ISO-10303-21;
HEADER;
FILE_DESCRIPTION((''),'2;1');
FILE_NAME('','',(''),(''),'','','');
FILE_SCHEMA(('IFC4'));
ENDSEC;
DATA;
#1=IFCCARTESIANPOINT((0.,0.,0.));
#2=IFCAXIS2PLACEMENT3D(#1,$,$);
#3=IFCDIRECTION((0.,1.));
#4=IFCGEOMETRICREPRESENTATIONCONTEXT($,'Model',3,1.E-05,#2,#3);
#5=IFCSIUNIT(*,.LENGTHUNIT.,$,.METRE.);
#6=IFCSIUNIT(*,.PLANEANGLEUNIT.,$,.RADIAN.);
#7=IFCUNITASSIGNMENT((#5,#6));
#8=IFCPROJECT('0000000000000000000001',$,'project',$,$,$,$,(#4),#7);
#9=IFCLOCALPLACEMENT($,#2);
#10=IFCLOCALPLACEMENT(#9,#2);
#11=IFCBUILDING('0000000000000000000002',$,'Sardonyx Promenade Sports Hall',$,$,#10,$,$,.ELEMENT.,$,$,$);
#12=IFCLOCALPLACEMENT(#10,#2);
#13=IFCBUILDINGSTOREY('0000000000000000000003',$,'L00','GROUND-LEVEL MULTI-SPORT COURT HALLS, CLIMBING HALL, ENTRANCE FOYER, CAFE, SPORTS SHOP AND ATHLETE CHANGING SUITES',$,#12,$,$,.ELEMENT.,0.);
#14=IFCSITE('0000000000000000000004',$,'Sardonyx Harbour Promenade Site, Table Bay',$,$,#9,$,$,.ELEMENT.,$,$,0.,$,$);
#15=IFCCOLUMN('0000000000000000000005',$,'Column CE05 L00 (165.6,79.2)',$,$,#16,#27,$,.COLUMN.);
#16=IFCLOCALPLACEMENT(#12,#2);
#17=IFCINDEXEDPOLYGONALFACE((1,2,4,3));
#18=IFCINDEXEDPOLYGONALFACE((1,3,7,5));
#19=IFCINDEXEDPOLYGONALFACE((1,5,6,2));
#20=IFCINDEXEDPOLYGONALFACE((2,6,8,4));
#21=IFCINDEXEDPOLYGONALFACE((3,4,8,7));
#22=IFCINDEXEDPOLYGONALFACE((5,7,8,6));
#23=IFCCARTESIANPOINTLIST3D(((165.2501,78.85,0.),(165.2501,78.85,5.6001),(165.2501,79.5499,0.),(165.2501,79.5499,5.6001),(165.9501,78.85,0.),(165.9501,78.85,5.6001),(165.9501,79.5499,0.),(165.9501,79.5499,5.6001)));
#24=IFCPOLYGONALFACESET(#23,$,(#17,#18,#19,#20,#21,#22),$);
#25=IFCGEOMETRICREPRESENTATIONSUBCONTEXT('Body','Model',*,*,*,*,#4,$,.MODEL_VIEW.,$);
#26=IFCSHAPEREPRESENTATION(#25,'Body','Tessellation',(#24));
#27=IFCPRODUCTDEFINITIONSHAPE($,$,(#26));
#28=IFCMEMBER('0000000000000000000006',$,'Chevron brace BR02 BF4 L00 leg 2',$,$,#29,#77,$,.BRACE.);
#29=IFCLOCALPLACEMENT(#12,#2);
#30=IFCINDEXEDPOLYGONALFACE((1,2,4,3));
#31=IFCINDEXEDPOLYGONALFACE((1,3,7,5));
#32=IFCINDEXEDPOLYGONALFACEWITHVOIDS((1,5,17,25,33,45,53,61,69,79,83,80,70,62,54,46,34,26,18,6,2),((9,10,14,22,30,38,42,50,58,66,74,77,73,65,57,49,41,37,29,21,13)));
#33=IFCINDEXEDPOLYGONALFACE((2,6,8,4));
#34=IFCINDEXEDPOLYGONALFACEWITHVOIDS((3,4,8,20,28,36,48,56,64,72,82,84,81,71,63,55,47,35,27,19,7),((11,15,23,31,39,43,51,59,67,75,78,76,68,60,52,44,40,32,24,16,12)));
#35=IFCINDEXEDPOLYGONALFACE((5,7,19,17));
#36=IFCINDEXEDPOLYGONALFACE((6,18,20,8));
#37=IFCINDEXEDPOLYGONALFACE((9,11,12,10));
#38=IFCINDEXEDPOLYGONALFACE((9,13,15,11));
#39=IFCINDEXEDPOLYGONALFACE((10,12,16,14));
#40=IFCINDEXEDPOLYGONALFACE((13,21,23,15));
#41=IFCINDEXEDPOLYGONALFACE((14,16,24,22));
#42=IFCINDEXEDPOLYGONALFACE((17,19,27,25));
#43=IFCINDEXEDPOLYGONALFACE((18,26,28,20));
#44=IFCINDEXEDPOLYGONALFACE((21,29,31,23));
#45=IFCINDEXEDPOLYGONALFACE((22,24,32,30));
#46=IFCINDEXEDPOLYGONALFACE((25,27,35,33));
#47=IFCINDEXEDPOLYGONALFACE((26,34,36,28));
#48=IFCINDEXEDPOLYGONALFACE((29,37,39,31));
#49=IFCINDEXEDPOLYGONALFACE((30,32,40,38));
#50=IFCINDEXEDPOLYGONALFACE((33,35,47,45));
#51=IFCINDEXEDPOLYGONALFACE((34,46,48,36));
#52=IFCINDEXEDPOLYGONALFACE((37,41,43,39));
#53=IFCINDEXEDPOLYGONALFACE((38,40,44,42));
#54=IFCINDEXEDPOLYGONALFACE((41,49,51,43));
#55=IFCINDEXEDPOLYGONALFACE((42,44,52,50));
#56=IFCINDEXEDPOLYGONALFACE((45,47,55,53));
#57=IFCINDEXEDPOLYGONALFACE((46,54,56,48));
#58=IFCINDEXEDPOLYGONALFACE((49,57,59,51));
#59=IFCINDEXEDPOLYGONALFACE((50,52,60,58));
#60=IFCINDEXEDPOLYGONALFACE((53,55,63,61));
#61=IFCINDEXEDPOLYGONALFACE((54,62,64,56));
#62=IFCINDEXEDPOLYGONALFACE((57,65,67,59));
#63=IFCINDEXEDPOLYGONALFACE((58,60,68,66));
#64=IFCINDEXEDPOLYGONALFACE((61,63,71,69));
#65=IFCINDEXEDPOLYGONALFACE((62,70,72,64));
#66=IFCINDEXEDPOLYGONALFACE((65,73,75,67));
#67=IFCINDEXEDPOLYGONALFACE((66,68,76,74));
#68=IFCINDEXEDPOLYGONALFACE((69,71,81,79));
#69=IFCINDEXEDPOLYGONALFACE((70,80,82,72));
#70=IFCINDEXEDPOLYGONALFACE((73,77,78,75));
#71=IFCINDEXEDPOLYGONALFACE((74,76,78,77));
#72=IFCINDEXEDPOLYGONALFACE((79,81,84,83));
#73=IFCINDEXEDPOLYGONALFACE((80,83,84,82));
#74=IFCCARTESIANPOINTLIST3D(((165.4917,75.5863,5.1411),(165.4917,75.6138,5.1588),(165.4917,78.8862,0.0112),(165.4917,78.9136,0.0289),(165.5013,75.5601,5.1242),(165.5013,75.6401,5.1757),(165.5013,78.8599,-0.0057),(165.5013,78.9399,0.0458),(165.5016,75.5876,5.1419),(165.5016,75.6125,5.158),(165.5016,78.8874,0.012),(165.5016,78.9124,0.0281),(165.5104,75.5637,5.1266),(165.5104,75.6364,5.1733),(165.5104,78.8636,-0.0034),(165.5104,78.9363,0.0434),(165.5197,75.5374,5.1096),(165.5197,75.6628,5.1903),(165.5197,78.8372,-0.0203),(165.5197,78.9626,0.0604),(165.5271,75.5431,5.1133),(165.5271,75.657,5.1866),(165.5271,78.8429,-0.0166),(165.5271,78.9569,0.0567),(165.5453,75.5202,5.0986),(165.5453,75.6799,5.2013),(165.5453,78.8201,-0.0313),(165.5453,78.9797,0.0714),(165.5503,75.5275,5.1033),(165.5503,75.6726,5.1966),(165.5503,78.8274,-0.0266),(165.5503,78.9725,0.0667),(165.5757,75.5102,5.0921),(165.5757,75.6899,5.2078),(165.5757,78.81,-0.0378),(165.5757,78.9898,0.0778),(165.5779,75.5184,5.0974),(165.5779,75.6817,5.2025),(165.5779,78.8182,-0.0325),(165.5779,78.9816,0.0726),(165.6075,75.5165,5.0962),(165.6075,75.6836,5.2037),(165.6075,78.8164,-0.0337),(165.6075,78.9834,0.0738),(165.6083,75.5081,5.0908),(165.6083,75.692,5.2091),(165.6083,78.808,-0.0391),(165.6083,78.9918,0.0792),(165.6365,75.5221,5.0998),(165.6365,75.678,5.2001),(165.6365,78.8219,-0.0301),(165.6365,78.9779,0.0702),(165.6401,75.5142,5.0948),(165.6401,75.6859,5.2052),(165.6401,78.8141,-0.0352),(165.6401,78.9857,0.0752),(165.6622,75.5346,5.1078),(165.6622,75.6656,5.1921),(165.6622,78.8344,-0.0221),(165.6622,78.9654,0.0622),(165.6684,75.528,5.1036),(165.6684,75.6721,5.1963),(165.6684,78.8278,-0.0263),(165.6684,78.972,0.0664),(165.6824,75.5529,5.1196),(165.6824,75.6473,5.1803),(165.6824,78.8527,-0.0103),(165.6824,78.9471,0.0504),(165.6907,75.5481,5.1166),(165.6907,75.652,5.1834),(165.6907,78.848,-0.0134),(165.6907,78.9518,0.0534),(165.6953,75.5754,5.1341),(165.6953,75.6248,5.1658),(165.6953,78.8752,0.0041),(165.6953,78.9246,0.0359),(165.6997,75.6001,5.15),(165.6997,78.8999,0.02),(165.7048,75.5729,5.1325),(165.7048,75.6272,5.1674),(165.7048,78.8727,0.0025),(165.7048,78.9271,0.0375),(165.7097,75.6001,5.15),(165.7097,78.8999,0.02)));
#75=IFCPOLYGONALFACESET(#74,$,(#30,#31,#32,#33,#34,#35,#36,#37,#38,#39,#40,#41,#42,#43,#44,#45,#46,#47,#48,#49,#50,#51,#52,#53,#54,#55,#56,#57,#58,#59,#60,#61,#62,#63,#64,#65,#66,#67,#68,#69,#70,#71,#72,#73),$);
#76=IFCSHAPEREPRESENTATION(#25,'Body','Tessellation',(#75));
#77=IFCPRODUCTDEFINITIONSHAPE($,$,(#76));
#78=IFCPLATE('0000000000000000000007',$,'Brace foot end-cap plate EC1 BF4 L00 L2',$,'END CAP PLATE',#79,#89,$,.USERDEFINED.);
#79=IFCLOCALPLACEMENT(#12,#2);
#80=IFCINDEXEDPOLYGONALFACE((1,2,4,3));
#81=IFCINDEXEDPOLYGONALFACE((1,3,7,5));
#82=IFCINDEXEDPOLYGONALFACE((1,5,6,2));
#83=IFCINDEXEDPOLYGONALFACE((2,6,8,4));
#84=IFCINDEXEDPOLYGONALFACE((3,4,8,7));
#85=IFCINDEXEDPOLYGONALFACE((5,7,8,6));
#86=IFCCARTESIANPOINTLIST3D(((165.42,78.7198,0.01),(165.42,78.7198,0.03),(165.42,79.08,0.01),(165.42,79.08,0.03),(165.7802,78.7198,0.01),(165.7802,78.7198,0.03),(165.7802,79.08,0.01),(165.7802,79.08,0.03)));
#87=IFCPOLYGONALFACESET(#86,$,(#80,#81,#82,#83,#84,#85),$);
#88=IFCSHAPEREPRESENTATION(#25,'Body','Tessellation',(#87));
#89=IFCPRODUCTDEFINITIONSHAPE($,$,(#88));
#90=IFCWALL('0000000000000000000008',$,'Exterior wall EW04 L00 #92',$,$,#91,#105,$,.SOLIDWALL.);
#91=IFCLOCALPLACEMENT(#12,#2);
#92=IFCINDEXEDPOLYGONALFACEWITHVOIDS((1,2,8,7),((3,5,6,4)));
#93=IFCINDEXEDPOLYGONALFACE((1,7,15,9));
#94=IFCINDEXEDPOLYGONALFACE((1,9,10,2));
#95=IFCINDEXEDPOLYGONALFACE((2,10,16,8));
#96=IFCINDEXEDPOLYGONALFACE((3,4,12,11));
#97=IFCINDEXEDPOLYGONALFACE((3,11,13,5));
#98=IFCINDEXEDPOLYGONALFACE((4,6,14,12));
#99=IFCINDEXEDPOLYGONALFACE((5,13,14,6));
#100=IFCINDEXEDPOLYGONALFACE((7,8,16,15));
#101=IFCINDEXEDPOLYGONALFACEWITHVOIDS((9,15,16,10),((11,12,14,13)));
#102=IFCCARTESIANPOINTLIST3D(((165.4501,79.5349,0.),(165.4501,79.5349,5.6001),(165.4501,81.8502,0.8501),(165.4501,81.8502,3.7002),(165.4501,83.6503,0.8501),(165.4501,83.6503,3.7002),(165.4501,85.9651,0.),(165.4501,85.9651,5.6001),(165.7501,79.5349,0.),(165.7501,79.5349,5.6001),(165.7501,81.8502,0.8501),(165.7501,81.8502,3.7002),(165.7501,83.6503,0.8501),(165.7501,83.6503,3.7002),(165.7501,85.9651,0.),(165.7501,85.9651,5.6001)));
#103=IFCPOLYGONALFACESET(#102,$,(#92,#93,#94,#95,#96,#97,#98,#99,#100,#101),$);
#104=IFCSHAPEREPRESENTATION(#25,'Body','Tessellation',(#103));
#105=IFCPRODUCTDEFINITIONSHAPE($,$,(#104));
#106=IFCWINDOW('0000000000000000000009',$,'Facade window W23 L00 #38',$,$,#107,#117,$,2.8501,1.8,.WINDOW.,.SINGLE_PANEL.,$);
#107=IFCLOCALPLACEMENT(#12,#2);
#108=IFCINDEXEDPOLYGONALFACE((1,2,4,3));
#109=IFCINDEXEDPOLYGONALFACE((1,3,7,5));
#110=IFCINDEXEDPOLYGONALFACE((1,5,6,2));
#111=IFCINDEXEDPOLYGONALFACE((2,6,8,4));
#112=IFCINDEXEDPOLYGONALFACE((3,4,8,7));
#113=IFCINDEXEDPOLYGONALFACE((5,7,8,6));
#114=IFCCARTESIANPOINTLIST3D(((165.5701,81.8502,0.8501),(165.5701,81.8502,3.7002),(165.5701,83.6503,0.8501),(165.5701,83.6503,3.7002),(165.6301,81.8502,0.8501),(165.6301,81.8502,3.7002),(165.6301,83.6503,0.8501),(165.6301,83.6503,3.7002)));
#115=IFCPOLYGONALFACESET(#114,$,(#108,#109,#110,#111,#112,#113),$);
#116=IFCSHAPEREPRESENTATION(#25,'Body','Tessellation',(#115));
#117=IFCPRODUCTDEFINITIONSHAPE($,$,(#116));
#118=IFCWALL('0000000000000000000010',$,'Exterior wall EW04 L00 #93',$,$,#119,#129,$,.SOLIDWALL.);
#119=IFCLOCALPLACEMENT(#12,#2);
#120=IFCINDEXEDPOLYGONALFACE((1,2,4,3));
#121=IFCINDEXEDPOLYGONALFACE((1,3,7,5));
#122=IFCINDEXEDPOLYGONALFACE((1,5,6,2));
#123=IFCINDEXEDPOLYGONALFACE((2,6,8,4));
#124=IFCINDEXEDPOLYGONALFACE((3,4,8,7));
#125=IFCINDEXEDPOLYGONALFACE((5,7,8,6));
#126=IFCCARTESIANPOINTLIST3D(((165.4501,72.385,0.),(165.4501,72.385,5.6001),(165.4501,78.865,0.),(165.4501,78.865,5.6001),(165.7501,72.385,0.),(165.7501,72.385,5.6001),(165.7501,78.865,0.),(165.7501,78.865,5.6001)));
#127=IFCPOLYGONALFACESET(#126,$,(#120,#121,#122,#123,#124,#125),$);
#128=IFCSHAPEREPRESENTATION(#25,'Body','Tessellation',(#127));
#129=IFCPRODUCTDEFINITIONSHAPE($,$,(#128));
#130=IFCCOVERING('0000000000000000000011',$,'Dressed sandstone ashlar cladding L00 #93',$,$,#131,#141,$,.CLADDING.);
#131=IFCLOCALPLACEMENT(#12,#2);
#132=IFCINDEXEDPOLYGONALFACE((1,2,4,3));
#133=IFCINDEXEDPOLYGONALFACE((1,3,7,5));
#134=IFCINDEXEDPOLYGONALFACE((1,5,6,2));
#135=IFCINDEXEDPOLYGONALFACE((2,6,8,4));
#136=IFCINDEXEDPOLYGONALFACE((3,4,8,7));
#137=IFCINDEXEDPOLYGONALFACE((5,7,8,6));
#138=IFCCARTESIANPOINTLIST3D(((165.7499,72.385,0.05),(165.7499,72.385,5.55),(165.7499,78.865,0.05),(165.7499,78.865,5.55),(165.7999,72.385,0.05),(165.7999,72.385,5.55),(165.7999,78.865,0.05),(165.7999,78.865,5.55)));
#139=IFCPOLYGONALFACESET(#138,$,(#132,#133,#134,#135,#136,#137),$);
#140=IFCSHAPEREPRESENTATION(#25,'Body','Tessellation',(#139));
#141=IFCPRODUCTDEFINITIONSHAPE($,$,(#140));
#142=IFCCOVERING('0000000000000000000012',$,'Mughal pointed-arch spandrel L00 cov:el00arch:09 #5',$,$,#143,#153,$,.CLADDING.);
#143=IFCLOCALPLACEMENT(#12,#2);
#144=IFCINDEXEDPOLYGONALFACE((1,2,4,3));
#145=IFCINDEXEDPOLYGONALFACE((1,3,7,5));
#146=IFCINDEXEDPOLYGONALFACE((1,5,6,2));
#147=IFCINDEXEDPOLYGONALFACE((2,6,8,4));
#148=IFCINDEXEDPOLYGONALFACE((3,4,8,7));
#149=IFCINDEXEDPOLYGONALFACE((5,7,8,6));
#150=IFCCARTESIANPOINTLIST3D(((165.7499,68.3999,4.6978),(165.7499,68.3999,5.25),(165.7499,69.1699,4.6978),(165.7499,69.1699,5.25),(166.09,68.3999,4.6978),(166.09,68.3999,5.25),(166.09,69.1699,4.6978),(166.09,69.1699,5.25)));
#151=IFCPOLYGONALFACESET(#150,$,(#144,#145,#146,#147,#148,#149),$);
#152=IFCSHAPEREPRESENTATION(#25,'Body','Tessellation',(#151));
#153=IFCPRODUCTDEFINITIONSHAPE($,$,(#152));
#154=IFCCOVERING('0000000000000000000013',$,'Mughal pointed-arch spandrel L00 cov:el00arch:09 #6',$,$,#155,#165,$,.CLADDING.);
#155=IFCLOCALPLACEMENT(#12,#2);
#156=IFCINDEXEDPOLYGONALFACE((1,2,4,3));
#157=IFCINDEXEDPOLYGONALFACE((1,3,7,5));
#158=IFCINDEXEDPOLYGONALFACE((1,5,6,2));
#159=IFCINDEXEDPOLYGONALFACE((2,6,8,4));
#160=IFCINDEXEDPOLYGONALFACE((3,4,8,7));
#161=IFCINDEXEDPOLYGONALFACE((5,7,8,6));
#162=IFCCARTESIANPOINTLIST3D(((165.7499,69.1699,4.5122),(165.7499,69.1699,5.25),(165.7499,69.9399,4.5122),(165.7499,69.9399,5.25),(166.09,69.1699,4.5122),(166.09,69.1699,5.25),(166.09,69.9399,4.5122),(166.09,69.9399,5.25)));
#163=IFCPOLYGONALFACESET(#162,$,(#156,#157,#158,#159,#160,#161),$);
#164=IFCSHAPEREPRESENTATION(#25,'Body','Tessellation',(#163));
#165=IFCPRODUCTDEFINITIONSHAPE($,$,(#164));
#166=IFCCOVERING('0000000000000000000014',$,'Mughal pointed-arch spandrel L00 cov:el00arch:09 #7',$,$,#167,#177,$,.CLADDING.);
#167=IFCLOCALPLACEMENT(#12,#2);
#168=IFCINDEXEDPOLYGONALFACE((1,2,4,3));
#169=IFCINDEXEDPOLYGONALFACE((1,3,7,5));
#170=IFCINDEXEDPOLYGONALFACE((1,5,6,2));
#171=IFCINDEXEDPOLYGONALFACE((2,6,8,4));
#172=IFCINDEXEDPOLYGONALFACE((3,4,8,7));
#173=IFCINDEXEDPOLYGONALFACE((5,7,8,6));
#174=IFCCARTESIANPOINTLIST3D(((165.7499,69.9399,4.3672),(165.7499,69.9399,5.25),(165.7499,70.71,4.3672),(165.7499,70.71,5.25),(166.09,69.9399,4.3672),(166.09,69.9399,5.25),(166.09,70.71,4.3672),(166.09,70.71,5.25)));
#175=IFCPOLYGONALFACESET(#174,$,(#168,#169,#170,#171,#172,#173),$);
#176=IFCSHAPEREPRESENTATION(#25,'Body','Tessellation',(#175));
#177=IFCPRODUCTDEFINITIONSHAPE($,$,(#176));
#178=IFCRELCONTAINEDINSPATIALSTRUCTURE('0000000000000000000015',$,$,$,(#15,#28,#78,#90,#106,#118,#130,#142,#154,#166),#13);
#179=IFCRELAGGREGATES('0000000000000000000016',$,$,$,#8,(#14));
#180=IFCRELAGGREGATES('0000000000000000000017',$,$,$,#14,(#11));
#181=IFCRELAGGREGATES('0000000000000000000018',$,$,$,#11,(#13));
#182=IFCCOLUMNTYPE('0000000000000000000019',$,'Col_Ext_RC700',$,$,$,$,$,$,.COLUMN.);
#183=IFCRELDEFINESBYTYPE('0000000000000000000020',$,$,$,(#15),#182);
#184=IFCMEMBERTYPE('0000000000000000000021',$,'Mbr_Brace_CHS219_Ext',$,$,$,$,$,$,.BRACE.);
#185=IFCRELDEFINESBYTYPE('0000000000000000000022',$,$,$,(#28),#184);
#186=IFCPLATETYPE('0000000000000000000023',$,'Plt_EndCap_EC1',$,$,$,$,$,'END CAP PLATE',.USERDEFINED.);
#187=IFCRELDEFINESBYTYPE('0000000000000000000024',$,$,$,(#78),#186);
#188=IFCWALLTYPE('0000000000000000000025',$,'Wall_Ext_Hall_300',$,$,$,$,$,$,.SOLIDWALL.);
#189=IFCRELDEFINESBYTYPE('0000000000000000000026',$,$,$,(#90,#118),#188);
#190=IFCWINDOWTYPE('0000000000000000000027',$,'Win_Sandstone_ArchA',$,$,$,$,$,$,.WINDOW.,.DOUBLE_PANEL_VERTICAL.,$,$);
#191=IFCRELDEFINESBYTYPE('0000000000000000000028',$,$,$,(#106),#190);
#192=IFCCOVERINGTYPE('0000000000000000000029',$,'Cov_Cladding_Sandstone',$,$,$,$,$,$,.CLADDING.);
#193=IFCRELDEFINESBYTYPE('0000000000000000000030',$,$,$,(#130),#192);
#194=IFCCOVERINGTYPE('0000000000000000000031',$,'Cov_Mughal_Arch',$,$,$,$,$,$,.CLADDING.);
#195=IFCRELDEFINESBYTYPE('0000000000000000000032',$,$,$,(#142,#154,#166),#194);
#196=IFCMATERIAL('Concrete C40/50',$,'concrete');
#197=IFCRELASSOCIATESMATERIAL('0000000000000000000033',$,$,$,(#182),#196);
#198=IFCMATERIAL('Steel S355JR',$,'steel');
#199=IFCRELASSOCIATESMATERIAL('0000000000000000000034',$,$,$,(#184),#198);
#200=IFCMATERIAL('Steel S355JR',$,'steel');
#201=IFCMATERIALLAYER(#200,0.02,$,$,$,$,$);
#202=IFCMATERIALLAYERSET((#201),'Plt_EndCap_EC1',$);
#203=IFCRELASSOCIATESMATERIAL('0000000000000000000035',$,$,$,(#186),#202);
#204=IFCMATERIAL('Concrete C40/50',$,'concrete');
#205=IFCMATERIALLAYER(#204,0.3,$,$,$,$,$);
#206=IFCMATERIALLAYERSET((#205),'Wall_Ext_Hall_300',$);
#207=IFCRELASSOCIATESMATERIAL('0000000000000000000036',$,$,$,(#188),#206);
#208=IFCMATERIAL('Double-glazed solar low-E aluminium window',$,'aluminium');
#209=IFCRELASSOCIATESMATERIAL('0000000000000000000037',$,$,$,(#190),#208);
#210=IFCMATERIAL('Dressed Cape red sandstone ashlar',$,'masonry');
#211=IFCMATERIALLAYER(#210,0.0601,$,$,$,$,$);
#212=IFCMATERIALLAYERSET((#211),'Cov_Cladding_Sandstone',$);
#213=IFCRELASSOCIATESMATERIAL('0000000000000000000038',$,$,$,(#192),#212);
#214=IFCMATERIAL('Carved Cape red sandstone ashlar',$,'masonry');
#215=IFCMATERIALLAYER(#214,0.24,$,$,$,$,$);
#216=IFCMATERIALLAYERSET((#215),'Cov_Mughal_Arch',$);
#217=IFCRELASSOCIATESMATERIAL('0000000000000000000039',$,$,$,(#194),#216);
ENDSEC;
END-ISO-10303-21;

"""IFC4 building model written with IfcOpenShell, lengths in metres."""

from ifc_helpers import new_model, si_unit, direction, frame, frame_2d, origin, origin_2d, place, context, subcontext, project, spatial, rectangle, hollow_circle, extrude, material, layer, layer_set, material_profile, profile_set, type_object, element, fill, save


model = new_model("IFC4")

# Units and contexts
model_context = context("Model", 3, precision=1e-05, world=origin(), true_north=direction((0.0, 1.0)))
body_context = subcontext(model_context, "Body", "Model", "MODEL_VIEW")
ifc_project = project(units=[si_unit("LENGTHUNIT", "METRE"), si_unit("PLANEANGLEUNIT", "RADIAN")], contexts=[model_context])

# Site, building, storey
site_placement = place(None, origin())
site = spatial("IfcSite", under=ifc_project, at=site_placement, Name="Sardonyx Harbour Promenade Site, Table Bay", CompositionType="ELEMENT", RefElevation=0.0)
building_placement = place(site_placement, origin())
building = spatial("IfcBuilding", under=site, at=building_placement, Name="Sardonyx Promenade Sports Hall", CompositionType="ELEMENT")
storey_placement = place(building_placement, origin())
storey = spatial("IfcBuildingStorey", under=building, at=storey_placement, Name="L00", Description="GROUND-LEVEL MULTI-SPORT COURT HALLS, CLIMBING HALL, ENTRANCE FOYER, CAFE, SPORTS SHOP AND ATHLETE CHANGING SUITES", CompositionType="ELEMENT", Elevation=0.0)

# Column
ifc_material_1 = material(Name="Concrete C40/50", Category="concrete")
ifc_material_profile_1 = material_profile(ifc_material_1, rectangle(XDim=0.7, YDim=0.7, at=origin_2d()))
ifc_profile_set_1 = profile_set([ifc_material_profile_1], Name="Concrete C40/50")
column_type = type_object("IfcColumnType", Name="Col_Ext_RC700", PredefinedType="COLUMN", material=ifc_profile_set_1)
column_placement = place(storey_placement, frame((165.6001, 79.2, 0.0), z_axis=(0.0, 0.0, 1.0), x_axis=(1.0, 0.0, 0.0)))
element("IfcColumn", 1, at=column_placement, inside=storey, type_object=column_type, Name="Column CE05 L00 (165.6,79.2)", PredefinedType="COLUMN", context=body_context, shape_type="SweptSolid", body=[
    extrude(rectangle(XDim=0.7, YDim=0.7, at=origin_2d()), origin(), (0.0, 0.0, 1.0), 5.6001),
])

# Member
ifc_material_2 = material(Name="Steel S355JR", Category="steel")
ifc_material_profile_2 = material_profile(ifc_material_2, hollow_circle(Radius=0.1096, WallThickness=0.01, at=origin_2d()))
ifc_profile_set_2 = profile_set([ifc_material_profile_2], Name="Steel S355JR")
member_type = type_object("IfcMemberType", Name="Mbr_Brace_CHS219_Ext", PredefinedType="BRACE", material=ifc_profile_set_2)
member_placement = place(storey_placement, frame((165.6001, 78.8999, 0.02), z_axis=(0.0, -0.540992, 0.841028), x_axis=(1.0, 0.0, 0.0)))
element("IfcMember", 2, at=member_placement, inside=storey, type_object=member_type, Name="Chevron brace BR02 BF4 L00 leg 2", PredefinedType="BRACE", context=body_context, shape_type="SweptSolid", body=[
    extrude(hollow_circle(Radius=0.1096, WallThickness=0.01, at=origin_2d()), origin(), (0.0, 0.0, 1.0), 6.0996),
])

# Plate
ifc_material_3 = material(Name="Steel S355JR", Category="steel")
ifc_layer_1 = layer(ifc_material_3, 0.02)
ifc_layer_set_1 = layer_set([ifc_layer_1], Name="Plt_EndCap_EC1")
plate_type = type_object("IfcPlateType", Name="Plt_EndCap_EC1", ElementType="END CAP PLATE", PredefinedType="USERDEFINED", material=ifc_layer_set_1)
plate_placement = place(storey_placement, frame((165.6001, 78.8999, 0.01), z_axis=(0.0, 0.0, 1.0), x_axis=(1.0, 0.0, 0.0)))
element("IfcPlate", 3, at=plate_placement, inside=storey, type_object=plate_type, Name="Brace foot end-cap plate EC1 BF4 L00 L2", ObjectType="END CAP PLATE", PredefinedType="USERDEFINED", context=body_context, shape_type="SweptSolid", body=[
    extrude(rectangle(XDim=0.3601, YDim=0.3601, at=origin_2d()), origin(), (0.0, 0.0, 1.0), 0.02),
])

# Wall, opening, window
ifc_material_4 = material(Name="Concrete C40/50", Category="concrete")
ifc_layer_2 = layer(ifc_material_4, 0.3)
ifc_layer_set_2 = layer_set([ifc_layer_2], Name="Wall_Ext_Hall_300")
wall_type = type_object("IfcWallType", Name="Wall_Ext_Hall_300", PredefinedType="SOLIDWALL", material=ifc_layer_set_2)
wall_1_placement = place(storey_placement, frame((165.6001, 85.9651, 0.0), z_axis=(0.0, 0.0, 1.0), x_axis=(0.0, -1.0, 0.0)))
wall_1 = element("IfcWall", 4, at=wall_1_placement, inside=storey, type_object=wall_type, Name="Exterior wall EW04 L00 #92", PredefinedType="SOLIDWALL", context=body_context, shape_type="SweptSolid", body=[
    extrude(rectangle(XDim=6.4302, YDim=0.3, at=frame_2d((3.2151, 0.0))), origin(), (0.0, 0.0, 1.0), 5.6001),
])
opening_placement = place(wall_1_placement, frame((2.3149, 0.0, 0.8501)))
opening = element("IfcOpeningElement", 5, at=opening_placement, cuts=wall_1, PredefinedType="OPENING", context=body_context, shape_type="SweptSolid", body=[
    extrude(rectangle(XDim=1.8, YDim=2.8501, at=frame_2d((0.8999, 1.425))), frame((0.0, 0.16, 0.0), z_axis=(0.0, -1.0, 0.0), x_axis=(1.0, 0.0, 0.0)), (0.0, 0.0, 1.0), 0.32),
])
ifc_material_5 = material(Name="Double-glazed solar low-E aluminium window", Category="aluminium")
window_type = type_object("IfcWindowType", Name="Win_Sandstone_ArchA", PartitioningType="DOUBLE_PANEL_VERTICAL", PredefinedType="WINDOW", material=ifc_material_5)
window_placement = place(opening_placement, origin())
window = element("IfcWindow", 6, at=window_placement, inside=storey, type_object=window_type, Name="Facade window W23 L00 #38", OverallHeight=2.8501, OverallWidth=1.8, PartitioningType="SINGLE_PANEL", PredefinedType="WINDOW", context=body_context, shape_type="SweptSolid", body=[
    extrude(rectangle(XDim=1.8, YDim=2.8501, at=frame_2d((0.8999, 1.425))), frame((0.0, 0.03, 0.0), z_axis=(0.0, -1.0, 0.0), x_axis=(1.0, 0.0, 0.0)), (0.0, 0.0, 1.0), 0.0601),
])
fill(opening, window)

# Wall
wall_2_placement = place(storey_placement, frame((165.6001, 78.865, 0.0), z_axis=(0.0, 0.0, 1.0), x_axis=(0.0, -1.0, 0.0)))
element("IfcWall", 7, at=wall_2_placement, inside=storey, type_object=wall_type, Name="Exterior wall EW04 L00 #93", PredefinedType="SOLIDWALL", context=body_context, shape_type="SweptSolid", body=[
    extrude(rectangle(XDim=6.48, YDim=0.3, at=frame_2d((3.24, 0.0))), origin(), (0.0, 0.0, 1.0), 5.6001),
])

# Coverings
ifc_material_6 = material(Name="Dressed Cape red sandstone ashlar", Category="masonry")
ifc_layer_3 = layer(ifc_material_6, 0.0601)
ifc_layer_set_3 = layer_set([ifc_layer_3], Name="Cov_Cladding_Sandstone")
covering_type_1 = type_object("IfcCoveringType", Name="Cov_Cladding_Sandstone", PredefinedType="CLADDING", material=ifc_layer_set_3)
covering_1_placement = place(storey_placement, frame((165.7749, 78.865, 0.05), z_axis=(0.0, 0.0, 1.0), x_axis=(0.0, -1.0, 0.0)))
element("IfcCovering", 8, at=covering_1_placement, inside=storey, type_object=covering_type_1, Name="Dressed sandstone ashlar cladding L00 #93", PredefinedType="CLADDING", context=body_context, shape_type="SweptSolid", body=[
    extrude(rectangle(XDim=6.48, YDim=0.05, at=frame_2d((3.24, 0.0))), origin(), (0.0, 0.0, 1.0), 5.5),
])
ifc_material_7 = material(Name="Carved Cape red sandstone ashlar", Category="masonry")
ifc_layer_4 = layer(ifc_material_7, 0.24)
ifc_layer_set_4 = layer_set([ifc_layer_4], Name="Cov_Mughal_Arch")
covering_type_2 = type_object("IfcCoveringType", Name="Cov_Mughal_Arch", PredefinedType="CLADDING", material=ifc_layer_set_4)
covering_2_placement = place(storey_placement, frame((165.9199, 68.3999, 4.6978), z_axis=(0.0, 0.0, 1.0), x_axis=(0.0, 1.0, 0.0)))
element("IfcCovering", 9, at=covering_2_placement, inside=storey, type_object=covering_type_2, Name="Mughal pointed-arch spandrel L00 cov:el00arch:09 #5", PredefinedType="CLADDING", context=body_context, shape_type="SweptSolid", body=[
    extrude(rectangle(XDim=0.77, YDim=0.3401, at=frame_2d((0.385, 0.0))), origin(), (0.0, 0.0, 1.0), 0.5522),
])
covering_3_placement = place(storey_placement, frame((165.9199, 69.1699, 4.5122), z_axis=(0.0, 0.0, 1.0), x_axis=(0.0, 1.0, 0.0)))
element("IfcCovering", 10, at=covering_3_placement, inside=storey, type_object=covering_type_2, Name="Mughal pointed-arch spandrel L00 cov:el00arch:09 #6", PredefinedType="CLADDING", context=body_context, shape_type="SweptSolid", body=[
    extrude(rectangle(XDim=0.77, YDim=0.3401, at=frame_2d((0.385, 0.0))), origin(), (0.0, 0.0, 1.0), 0.7378),
])
covering_4_placement = place(storey_placement, frame((165.9199, 69.9399, 4.3672), z_axis=(0.0, 0.0, 1.0), x_axis=(0.0, 1.0, 0.0)))
element("IfcCovering", 11, at=covering_4_placement, inside=storey, type_object=covering_type_2, Name="Mughal pointed-arch spandrel L00 cov:el00arch:09 #7", PredefinedType="CLADDING", context=body_context, shape_type="SweptSolid", body=[
    extrude(rectangle(XDim=0.77, YDim=0.3401, at=frame_2d((0.385, 0.0))), origin(), (0.0, 0.0, 1.0), 0.8828),
])

save(model, "model.ifc")
